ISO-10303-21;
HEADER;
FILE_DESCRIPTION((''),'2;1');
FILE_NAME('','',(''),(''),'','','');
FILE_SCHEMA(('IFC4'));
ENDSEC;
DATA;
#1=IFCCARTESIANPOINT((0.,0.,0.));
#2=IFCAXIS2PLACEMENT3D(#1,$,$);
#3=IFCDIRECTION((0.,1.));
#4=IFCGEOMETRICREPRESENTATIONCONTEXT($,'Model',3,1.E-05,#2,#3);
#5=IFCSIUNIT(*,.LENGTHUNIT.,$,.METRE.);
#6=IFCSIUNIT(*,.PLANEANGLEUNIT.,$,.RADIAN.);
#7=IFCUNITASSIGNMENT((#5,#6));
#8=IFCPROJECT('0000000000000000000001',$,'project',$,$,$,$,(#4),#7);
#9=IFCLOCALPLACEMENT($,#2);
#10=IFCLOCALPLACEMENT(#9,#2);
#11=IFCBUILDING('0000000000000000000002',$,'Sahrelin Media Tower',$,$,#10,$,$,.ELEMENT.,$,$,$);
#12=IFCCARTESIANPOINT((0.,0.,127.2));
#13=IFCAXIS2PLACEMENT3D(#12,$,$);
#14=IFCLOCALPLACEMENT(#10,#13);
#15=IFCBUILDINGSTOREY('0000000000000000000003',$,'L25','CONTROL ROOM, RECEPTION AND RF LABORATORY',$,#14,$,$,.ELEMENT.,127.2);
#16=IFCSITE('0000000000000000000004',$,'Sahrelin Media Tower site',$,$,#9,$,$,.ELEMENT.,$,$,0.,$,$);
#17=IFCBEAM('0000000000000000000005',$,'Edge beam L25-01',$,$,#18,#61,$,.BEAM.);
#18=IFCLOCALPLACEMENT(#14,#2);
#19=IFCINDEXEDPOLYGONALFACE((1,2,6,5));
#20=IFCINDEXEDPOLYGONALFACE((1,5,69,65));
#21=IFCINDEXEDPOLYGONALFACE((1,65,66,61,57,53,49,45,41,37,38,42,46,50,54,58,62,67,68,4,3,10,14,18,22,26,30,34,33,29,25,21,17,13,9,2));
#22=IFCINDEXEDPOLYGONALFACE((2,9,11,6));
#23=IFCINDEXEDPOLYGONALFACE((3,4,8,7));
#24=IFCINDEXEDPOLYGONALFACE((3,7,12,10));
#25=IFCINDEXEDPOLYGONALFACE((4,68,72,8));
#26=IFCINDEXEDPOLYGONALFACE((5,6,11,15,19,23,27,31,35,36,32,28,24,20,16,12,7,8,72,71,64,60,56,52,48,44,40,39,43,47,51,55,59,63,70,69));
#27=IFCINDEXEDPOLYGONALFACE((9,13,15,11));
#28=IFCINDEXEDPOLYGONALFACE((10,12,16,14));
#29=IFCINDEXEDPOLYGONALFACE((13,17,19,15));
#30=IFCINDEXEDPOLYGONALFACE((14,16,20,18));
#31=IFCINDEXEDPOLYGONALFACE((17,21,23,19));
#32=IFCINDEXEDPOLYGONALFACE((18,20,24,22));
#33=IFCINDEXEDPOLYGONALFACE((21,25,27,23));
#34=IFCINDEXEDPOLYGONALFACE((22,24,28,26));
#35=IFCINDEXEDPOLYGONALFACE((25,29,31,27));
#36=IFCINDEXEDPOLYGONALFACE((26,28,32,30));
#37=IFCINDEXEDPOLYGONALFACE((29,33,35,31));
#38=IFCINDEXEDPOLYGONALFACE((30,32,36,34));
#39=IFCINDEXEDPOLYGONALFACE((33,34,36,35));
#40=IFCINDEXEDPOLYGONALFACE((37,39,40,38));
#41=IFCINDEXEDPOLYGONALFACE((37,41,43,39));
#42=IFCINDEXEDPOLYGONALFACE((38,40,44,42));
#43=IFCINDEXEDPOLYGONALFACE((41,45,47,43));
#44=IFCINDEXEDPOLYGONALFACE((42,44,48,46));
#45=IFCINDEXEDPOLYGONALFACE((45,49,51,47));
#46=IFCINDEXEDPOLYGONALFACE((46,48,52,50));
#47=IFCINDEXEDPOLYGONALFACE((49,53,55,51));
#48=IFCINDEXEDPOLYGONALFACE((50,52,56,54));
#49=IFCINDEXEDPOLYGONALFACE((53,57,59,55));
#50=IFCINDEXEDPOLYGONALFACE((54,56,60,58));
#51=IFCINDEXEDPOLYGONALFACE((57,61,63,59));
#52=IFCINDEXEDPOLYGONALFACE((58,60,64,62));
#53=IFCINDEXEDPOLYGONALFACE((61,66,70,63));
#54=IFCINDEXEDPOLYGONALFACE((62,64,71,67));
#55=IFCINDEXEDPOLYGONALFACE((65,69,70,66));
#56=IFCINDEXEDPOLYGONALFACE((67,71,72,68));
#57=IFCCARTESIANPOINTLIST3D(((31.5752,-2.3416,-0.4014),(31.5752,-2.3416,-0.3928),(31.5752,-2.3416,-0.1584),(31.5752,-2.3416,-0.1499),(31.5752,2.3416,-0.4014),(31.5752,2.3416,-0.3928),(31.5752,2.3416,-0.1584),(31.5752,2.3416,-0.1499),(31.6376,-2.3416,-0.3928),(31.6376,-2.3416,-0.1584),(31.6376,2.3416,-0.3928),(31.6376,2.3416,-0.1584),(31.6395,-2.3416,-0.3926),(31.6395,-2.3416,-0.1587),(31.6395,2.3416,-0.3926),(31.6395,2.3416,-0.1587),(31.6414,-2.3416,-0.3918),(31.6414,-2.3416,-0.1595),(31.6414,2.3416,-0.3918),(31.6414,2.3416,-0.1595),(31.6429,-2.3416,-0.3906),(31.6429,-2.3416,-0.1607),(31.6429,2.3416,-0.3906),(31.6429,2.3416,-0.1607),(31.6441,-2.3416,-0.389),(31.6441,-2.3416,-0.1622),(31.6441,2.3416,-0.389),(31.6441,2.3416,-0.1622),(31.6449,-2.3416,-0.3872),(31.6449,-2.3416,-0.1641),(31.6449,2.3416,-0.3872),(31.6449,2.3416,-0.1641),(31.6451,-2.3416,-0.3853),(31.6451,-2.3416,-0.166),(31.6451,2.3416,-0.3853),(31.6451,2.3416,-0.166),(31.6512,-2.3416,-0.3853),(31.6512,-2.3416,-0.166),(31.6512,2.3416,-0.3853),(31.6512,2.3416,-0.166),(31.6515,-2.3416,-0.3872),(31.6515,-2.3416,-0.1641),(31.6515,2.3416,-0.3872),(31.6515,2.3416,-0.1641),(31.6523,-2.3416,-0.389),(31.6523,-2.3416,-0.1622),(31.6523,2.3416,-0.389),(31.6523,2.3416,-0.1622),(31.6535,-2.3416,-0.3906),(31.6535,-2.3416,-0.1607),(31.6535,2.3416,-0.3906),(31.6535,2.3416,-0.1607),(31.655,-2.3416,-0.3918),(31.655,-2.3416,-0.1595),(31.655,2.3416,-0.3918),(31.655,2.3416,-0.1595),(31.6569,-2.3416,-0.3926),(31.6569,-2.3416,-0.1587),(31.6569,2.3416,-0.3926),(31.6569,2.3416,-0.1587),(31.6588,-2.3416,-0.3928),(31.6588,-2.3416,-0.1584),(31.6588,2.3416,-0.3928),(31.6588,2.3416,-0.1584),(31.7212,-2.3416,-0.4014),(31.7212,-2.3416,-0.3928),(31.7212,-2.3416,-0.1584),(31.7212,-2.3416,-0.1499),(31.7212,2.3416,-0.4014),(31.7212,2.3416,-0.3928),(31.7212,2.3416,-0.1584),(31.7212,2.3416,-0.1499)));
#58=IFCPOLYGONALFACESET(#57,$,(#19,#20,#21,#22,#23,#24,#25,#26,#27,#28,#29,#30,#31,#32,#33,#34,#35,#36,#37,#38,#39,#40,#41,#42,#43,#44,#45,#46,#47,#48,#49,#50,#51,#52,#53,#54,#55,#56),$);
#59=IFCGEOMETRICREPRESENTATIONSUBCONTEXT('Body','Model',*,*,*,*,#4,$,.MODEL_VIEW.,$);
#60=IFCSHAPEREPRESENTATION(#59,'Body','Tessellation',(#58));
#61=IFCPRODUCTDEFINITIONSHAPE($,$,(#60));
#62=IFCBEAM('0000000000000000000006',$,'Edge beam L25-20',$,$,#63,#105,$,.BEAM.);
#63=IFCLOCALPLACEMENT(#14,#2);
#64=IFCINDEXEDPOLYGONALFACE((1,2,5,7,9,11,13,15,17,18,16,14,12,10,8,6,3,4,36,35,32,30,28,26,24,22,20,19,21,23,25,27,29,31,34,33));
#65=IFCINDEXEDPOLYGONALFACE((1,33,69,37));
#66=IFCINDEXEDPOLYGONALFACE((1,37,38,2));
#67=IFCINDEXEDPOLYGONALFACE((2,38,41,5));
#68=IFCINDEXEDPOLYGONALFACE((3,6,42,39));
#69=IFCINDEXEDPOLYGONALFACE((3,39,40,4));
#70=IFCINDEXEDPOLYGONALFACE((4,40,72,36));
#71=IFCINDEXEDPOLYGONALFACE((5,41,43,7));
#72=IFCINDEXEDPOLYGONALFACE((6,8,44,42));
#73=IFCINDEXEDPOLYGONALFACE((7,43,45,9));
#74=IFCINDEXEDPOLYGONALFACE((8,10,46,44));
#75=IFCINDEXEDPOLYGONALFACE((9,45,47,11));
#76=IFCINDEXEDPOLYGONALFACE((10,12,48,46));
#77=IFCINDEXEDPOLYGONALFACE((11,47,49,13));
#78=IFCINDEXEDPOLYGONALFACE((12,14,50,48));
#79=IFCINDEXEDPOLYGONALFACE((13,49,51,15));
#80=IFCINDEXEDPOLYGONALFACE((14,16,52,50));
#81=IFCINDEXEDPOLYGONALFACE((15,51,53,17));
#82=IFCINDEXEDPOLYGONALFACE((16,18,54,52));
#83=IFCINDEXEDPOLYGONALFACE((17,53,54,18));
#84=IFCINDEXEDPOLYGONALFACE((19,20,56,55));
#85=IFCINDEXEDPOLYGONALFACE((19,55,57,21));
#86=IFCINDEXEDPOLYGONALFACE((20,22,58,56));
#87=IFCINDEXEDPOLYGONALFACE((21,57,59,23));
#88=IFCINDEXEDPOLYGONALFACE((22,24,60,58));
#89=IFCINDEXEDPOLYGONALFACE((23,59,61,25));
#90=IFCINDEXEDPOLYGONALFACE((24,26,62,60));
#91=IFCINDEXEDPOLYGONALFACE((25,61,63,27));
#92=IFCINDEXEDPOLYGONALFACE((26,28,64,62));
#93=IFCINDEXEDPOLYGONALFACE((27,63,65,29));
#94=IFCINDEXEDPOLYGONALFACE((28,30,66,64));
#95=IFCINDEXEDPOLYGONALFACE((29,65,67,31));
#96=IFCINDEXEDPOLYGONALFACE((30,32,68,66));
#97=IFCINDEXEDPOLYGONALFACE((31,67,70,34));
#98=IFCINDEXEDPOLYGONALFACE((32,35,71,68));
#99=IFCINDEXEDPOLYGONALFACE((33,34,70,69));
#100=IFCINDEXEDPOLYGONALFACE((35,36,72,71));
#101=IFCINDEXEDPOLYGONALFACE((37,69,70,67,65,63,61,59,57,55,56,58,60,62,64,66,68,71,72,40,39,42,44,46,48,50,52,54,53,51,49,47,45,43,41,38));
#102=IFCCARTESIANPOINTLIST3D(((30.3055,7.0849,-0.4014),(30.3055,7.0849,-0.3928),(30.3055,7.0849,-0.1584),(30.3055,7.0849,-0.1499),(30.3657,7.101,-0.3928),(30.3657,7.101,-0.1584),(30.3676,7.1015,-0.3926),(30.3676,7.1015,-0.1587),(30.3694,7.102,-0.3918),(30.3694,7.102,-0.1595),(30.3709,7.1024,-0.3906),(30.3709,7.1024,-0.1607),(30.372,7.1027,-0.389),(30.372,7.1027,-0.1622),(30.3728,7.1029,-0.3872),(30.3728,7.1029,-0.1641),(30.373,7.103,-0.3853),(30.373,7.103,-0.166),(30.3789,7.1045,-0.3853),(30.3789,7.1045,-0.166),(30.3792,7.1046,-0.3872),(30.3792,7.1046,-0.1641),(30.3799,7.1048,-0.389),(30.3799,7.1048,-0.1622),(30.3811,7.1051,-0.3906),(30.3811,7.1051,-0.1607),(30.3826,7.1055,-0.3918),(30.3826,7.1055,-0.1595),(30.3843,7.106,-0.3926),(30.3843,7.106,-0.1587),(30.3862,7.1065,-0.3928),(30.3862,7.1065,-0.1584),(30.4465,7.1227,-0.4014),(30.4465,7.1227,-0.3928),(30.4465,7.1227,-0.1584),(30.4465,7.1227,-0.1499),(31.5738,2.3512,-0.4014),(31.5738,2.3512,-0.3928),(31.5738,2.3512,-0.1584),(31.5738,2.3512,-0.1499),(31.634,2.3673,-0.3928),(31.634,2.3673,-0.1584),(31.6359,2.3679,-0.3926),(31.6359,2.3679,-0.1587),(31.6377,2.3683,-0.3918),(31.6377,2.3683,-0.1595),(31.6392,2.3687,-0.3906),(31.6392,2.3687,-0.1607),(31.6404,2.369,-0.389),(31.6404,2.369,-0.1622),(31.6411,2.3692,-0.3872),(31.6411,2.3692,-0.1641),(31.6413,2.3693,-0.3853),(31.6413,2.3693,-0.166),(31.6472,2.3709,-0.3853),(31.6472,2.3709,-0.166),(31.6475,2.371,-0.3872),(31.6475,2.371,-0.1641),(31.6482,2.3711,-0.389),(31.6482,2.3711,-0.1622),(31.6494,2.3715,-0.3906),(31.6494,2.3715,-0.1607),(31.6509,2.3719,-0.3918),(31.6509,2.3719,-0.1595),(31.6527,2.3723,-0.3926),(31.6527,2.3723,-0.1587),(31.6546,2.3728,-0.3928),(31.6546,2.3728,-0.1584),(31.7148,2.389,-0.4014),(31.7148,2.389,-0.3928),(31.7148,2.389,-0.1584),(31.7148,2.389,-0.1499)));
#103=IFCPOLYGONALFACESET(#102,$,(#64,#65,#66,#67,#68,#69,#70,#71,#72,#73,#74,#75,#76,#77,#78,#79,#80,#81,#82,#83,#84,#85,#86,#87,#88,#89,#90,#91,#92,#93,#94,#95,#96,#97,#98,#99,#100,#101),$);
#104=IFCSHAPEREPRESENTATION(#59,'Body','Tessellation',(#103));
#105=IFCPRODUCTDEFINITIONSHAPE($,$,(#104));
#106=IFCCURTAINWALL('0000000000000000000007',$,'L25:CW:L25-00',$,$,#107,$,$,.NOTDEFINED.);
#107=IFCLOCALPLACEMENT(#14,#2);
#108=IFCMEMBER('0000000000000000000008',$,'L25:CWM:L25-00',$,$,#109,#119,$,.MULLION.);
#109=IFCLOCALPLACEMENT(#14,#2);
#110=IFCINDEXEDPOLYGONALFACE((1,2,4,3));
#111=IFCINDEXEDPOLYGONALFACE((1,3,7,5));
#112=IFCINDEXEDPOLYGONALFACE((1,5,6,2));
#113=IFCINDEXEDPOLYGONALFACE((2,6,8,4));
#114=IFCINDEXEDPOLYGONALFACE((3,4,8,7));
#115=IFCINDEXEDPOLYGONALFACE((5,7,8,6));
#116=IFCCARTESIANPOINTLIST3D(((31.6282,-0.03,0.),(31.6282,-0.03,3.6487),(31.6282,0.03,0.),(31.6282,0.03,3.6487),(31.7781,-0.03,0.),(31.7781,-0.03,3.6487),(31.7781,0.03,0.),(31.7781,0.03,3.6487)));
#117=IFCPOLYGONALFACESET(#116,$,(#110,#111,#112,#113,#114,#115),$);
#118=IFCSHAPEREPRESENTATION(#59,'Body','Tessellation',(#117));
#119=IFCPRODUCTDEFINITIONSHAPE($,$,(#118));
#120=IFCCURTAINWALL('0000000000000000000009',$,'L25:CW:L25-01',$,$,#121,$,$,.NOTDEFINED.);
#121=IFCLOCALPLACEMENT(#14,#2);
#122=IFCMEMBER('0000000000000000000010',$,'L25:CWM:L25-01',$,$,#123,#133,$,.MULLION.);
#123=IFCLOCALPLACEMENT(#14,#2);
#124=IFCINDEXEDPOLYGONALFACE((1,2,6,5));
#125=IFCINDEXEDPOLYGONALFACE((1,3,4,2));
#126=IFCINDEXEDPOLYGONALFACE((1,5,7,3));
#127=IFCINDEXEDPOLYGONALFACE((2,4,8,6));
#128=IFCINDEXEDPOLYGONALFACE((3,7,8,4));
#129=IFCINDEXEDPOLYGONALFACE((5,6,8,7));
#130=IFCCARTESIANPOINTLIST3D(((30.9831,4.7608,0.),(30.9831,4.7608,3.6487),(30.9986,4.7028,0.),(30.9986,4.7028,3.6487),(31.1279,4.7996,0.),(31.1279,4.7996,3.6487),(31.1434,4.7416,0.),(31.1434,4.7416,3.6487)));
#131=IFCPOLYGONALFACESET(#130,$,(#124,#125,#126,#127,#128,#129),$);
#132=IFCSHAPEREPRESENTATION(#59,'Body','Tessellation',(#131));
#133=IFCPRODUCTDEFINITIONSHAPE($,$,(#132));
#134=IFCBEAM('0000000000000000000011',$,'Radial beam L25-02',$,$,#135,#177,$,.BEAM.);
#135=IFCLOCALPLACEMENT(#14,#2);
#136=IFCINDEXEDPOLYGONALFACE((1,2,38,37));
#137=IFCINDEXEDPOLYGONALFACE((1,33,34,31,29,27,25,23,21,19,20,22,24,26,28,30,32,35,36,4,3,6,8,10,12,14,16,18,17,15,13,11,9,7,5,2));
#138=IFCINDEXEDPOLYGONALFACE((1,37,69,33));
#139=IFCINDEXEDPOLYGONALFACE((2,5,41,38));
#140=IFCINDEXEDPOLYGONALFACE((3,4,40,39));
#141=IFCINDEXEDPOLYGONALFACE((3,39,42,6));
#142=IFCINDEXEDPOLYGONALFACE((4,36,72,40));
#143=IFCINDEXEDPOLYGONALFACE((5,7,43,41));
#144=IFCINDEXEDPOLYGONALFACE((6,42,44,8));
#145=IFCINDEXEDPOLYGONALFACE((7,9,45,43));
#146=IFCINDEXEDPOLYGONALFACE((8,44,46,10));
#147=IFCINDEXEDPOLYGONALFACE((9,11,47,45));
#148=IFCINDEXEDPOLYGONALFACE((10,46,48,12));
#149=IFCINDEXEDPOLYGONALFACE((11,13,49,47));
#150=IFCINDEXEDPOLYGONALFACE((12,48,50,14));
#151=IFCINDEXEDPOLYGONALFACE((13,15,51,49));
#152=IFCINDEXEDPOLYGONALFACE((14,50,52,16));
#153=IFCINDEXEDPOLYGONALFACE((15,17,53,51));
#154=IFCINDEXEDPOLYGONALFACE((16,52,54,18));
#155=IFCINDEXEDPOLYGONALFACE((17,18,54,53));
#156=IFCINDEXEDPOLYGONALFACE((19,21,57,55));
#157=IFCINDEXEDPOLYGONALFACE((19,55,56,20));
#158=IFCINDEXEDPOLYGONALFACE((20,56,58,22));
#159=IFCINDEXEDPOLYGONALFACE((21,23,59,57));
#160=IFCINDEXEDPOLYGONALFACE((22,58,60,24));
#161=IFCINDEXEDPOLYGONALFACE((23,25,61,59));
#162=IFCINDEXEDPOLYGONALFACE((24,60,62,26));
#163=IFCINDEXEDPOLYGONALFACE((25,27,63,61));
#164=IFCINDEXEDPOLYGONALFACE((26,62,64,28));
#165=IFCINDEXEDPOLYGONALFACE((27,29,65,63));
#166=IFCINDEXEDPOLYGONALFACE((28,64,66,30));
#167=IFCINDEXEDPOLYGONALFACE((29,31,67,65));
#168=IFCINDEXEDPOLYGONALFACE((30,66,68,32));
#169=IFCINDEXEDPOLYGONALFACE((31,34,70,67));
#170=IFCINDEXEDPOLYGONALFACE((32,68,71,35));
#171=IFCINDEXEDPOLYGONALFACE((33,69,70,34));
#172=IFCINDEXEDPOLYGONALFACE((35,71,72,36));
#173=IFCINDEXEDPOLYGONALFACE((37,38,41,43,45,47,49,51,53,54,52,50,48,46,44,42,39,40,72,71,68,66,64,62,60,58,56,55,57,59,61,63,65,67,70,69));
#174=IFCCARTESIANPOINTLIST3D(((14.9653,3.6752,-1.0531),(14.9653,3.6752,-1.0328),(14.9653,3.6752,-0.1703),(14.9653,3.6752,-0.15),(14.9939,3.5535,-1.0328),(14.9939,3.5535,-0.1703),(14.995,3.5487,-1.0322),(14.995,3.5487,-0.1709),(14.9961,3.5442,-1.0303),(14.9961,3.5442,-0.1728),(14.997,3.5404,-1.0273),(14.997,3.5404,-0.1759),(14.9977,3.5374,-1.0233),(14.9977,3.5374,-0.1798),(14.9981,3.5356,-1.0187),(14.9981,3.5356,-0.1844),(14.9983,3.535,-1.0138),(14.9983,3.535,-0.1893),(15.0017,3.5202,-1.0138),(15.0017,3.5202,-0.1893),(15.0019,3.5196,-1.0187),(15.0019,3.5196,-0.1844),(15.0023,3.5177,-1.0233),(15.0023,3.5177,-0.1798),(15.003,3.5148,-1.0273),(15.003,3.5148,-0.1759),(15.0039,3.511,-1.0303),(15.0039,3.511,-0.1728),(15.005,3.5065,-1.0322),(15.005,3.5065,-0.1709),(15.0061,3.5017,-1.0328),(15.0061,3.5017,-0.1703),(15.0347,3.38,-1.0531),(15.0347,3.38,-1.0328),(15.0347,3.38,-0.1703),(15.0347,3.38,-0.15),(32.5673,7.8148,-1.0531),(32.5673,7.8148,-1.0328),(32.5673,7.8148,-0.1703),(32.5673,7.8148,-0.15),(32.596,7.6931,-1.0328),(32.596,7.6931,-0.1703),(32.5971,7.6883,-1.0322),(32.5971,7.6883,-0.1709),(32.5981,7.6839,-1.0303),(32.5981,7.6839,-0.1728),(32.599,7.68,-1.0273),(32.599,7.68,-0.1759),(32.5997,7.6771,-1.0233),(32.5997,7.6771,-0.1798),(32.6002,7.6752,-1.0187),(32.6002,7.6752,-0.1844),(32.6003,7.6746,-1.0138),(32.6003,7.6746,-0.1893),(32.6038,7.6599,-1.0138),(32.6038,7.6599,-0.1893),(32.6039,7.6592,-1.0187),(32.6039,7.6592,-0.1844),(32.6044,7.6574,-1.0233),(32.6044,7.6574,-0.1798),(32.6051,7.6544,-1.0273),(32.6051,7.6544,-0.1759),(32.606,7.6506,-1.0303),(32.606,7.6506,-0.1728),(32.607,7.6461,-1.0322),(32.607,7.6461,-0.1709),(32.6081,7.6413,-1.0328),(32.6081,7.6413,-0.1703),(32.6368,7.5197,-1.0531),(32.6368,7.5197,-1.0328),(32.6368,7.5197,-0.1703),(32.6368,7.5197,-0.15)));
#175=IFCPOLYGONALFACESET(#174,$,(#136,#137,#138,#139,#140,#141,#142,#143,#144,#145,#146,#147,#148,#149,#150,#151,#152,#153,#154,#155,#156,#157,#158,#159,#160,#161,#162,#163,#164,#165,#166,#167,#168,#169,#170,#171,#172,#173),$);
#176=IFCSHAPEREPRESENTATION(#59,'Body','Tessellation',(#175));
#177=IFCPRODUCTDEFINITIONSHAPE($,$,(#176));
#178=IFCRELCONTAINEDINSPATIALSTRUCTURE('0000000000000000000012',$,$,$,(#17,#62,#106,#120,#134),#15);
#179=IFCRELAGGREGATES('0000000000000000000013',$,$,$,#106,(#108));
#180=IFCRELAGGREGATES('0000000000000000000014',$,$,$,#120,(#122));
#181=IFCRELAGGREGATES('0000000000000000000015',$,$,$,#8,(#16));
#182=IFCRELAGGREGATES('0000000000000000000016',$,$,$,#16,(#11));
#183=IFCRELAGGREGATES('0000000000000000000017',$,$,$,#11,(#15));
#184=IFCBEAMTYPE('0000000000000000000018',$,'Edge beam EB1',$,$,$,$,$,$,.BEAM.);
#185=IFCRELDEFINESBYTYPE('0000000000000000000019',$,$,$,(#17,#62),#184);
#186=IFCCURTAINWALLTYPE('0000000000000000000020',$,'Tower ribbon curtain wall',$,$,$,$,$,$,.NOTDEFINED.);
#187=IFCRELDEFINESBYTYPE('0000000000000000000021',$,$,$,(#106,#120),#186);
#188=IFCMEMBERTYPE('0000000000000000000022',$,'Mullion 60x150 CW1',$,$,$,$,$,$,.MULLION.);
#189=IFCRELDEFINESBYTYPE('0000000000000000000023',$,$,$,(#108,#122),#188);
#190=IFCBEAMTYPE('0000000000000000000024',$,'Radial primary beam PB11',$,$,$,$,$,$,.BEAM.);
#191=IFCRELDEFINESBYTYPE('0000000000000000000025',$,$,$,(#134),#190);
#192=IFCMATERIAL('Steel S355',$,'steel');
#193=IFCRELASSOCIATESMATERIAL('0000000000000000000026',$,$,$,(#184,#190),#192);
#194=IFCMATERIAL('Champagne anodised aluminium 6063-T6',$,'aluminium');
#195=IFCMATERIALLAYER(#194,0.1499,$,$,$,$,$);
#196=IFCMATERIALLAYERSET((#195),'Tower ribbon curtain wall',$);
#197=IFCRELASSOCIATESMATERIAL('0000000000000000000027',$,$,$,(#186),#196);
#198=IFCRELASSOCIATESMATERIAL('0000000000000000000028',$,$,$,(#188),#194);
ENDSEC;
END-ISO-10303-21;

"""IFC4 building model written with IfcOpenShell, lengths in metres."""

from ifc_helpers import new_model, si_unit, direction, frame, origin, origin_2d, place, context, subcontext, project, spatial, rectangle, i_section, extrude, material, layer, layer_set, material_profile, profile_set, type_object, element, aggregate, save


model = new_model("IFC4")

# Units and contexts
model_context = context("Model", 3, precision=1e-05, world=origin(), true_north=direction((0.0, 1.0)))
body_context = subcontext(model_context, "Body", "Model", "MODEL_VIEW")
ifc_project = project(units=[si_unit("LENGTHUNIT", "METRE"), si_unit("PLANEANGLEUNIT", "RADIAN")], contexts=[model_context])

# Site, building, storey
site_placement = place(None, origin())
site = spatial("IfcSite", under=ifc_project, at=site_placement, Name="Sahrelin Media Tower site", CompositionType="ELEMENT", RefElevation=0.0)
building_placement = place(site_placement, origin())
building = spatial("IfcBuilding", under=site, at=building_placement, Name="Sahrelin Media Tower", CompositionType="ELEMENT")
storey_placement = place(building_placement, frame((0.0, 0.0, 127.2)))
storey = spatial("IfcBuildingStorey", under=building, at=storey_placement, Name="L25", Description="CONTROL ROOM, RECEPTION AND RF LABORATORY", CompositionType="ELEMENT", Elevation=127.2)

# Beams
ifc_material_1 = material(Name="Steel S355", Category="steel")
ifc_material_profile_1 = material_profile(ifc_material_1, i_section(OverallWidth=0.146, OverallDepth=0.2515, WebThickness=0.0061, FlangeThickness=0.0085, FilletRadius=0.0076, at=origin_2d()), Name="UB 254x146x31")
ifc_profile_set_1 = profile_set([ifc_material_profile_1], Name="Steel S355")
beam_type_1 = type_object("IfcBeamType", Name="Edge beam EB1", PredefinedType="BEAM", material=ifc_profile_set_1)
beam_1_placement = place(storey_placement, frame((31.6482, 2.3416, -0.2756), z_axis=(0.0, -1.0, 0.0), x_axis=(1.0, 0.0, 0.0)))
element("IfcBeam", 1, at=beam_1_placement, inside=storey, type_object=beam_type_1, Name="Edge beam L25-01", PredefinedType="BEAM", context=body_context, shape_type="SweptSolid", body=[
    extrude(i_section(OverallWidth=0.146, OverallDepth=0.2515, WebThickness=0.0061, FlangeThickness=0.0085, FilletRadius=0.0076, at=origin_2d()), origin(), (0.0, 0.0, 1.0), 4.6831),
])
beam_2_placement = place(storey_placement, frame((30.376, 7.1038, -0.2756), z_axis=(0.258807, -0.965929, 0.0), x_axis=(0.965929, 0.258807, 0.0)))
element("IfcBeam", 2, at=beam_2_placement, inside=storey, type_object=beam_type_1, Name="Edge beam L25-20", PredefinedType="BEAM", context=body_context, shape_type="SweptSolid", body=[
    extrude(i_section(OverallWidth=0.146, OverallDepth=0.2515, WebThickness=0.0061, FlangeThickness=0.0085, FilletRadius=0.0076, at=origin_2d()), origin(), (0.0, 0.0, 1.0), 4.9006),
])

# Curtain walls, members
ifc_material_2 = material(Name="Champagne anodised aluminium 6063-T6", Category="aluminium")
ifc_layer_1 = layer(ifc_material_2, 0.1499)
ifc_layer_set_1 = layer_set([ifc_layer_1], Name="Tower ribbon curtain wall")
curtain_wall_type = type_object("IfcCurtainWallType", Name="Tower ribbon curtain wall", PredefinedType="NOTDEFINED", material=ifc_layer_set_1)
curtain_wall_1_placement = place(storey_placement, frame((31.7981, 0.0, 0.0), z_axis=(0.0, 0.0, 1.0), x_axis=(1.0, 0.0, 0.0)))
curtain_wall_1 = element("IfcCurtainWall", 3, at=curtain_wall_1_placement, inside=storey, type_object=curtain_wall_type, Name="L25:CW:L25-00", PredefinedType="NOTDEFINED")
ifc_material_profile_2 = material_profile(ifc_material_2, rectangle(XDim=0.0601, YDim=0.1499, at=origin_2d()), Name="Mullion 60x150")
ifc_profile_set_2 = profile_set([ifc_material_profile_2], Name="Champagne anodised aluminium 6063-T6")
member_type_1 = type_object("IfcMemberType", Name="Mullion 60x150 CW1", PredefinedType="MULLION", material=ifc_profile_set_2)
member_1_placement = place(storey_placement, frame((31.7031, 0.0, 0.0), z_axis=(0.0, 0.0, 1.0), x_axis=(0.0, 1.0, 0.0)))
member_1 = element("IfcMember", 4, at=member_1_placement, type_object=member_type_1, Name="L25:CWM:L25-00", PredefinedType="MULLION", context=body_context, shape_type="SweptSolid", body=[
    extrude(rectangle(XDim=0.0601, YDim=0.1499, at=origin_2d()), origin(), (0.0, 0.0, 1.0), 3.6487),
])
aggregate(curtain_wall_1, [member_1])
curtain_wall_2_placement = place(storey_placement, frame((31.155, 4.7756, 0.0), z_axis=(0.0, 0.0, 1.0), x_axis=(1.0, 0.0, 0.0)))
curtain_wall_2 = element("IfcCurtainWall", 5, at=curtain_wall_2_placement, inside=storey, type_object=curtain_wall_type, Name="L25:CW:L25-01", PredefinedType="NOTDEFINED")
member_2_placement = place(storey_placement, frame((31.0632, 4.7512, 0.0), z_axis=(0.0, 0.0, 1.0), x_axis=(-0.258833, 0.965922, 0.0)))
member_2 = element("IfcMember", 6, at=member_2_placement, type_object=member_type_1, Name="L25:CWM:L25-01", PredefinedType="MULLION", context=body_context, shape_type="SweptSolid", body=[
    extrude(rectangle(XDim=0.0601, YDim=0.1499, at=origin_2d()), origin(), (0.0, 0.0, 1.0), 3.6487),
])

# Beam
ifc_material_profile_3 = material_profile(ifc_material_1, i_section(OverallWidth=0.3032, OverallDepth=0.9031, WebThickness=0.0151, FlangeThickness=0.0203, FilletRadius=0.019, at=origin_2d()), Name="UB 914x305x201")
ifc_profile_set_3 = profile_set([ifc_material_profile_3], Name="Steel S355")
beam_type_2 = type_object("IfcBeamType", Name="Radial primary beam PB11", PredefinedType="BEAM", material=ifc_profile_set_3)
beam_3_placement = place(storey_placement, frame((15.0, 3.5276, -0.6016), z_axis=(0.973442, 0.228934, 0.0), x_axis=(-0.228934, 0.973442, 0.0)))
element("IfcBeam", 7, at=beam_3_placement, inside=storey, type_object=beam_type_2, Name="Radial beam L25-02", PredefinedType="BEAM", context=body_context, shape_type="SweptSolid", body=[
    extrude(i_section(OverallWidth=0.3032, OverallDepth=0.9031, WebThickness=0.0151, FlangeThickness=0.0203, FilletRadius=0.019, at=origin_2d()), origin(), (0.0, 0.0, 1.0), 18.0823),
])

aggregate(curtain_wall_2, [member_2])

save(model, "model.ifc")
